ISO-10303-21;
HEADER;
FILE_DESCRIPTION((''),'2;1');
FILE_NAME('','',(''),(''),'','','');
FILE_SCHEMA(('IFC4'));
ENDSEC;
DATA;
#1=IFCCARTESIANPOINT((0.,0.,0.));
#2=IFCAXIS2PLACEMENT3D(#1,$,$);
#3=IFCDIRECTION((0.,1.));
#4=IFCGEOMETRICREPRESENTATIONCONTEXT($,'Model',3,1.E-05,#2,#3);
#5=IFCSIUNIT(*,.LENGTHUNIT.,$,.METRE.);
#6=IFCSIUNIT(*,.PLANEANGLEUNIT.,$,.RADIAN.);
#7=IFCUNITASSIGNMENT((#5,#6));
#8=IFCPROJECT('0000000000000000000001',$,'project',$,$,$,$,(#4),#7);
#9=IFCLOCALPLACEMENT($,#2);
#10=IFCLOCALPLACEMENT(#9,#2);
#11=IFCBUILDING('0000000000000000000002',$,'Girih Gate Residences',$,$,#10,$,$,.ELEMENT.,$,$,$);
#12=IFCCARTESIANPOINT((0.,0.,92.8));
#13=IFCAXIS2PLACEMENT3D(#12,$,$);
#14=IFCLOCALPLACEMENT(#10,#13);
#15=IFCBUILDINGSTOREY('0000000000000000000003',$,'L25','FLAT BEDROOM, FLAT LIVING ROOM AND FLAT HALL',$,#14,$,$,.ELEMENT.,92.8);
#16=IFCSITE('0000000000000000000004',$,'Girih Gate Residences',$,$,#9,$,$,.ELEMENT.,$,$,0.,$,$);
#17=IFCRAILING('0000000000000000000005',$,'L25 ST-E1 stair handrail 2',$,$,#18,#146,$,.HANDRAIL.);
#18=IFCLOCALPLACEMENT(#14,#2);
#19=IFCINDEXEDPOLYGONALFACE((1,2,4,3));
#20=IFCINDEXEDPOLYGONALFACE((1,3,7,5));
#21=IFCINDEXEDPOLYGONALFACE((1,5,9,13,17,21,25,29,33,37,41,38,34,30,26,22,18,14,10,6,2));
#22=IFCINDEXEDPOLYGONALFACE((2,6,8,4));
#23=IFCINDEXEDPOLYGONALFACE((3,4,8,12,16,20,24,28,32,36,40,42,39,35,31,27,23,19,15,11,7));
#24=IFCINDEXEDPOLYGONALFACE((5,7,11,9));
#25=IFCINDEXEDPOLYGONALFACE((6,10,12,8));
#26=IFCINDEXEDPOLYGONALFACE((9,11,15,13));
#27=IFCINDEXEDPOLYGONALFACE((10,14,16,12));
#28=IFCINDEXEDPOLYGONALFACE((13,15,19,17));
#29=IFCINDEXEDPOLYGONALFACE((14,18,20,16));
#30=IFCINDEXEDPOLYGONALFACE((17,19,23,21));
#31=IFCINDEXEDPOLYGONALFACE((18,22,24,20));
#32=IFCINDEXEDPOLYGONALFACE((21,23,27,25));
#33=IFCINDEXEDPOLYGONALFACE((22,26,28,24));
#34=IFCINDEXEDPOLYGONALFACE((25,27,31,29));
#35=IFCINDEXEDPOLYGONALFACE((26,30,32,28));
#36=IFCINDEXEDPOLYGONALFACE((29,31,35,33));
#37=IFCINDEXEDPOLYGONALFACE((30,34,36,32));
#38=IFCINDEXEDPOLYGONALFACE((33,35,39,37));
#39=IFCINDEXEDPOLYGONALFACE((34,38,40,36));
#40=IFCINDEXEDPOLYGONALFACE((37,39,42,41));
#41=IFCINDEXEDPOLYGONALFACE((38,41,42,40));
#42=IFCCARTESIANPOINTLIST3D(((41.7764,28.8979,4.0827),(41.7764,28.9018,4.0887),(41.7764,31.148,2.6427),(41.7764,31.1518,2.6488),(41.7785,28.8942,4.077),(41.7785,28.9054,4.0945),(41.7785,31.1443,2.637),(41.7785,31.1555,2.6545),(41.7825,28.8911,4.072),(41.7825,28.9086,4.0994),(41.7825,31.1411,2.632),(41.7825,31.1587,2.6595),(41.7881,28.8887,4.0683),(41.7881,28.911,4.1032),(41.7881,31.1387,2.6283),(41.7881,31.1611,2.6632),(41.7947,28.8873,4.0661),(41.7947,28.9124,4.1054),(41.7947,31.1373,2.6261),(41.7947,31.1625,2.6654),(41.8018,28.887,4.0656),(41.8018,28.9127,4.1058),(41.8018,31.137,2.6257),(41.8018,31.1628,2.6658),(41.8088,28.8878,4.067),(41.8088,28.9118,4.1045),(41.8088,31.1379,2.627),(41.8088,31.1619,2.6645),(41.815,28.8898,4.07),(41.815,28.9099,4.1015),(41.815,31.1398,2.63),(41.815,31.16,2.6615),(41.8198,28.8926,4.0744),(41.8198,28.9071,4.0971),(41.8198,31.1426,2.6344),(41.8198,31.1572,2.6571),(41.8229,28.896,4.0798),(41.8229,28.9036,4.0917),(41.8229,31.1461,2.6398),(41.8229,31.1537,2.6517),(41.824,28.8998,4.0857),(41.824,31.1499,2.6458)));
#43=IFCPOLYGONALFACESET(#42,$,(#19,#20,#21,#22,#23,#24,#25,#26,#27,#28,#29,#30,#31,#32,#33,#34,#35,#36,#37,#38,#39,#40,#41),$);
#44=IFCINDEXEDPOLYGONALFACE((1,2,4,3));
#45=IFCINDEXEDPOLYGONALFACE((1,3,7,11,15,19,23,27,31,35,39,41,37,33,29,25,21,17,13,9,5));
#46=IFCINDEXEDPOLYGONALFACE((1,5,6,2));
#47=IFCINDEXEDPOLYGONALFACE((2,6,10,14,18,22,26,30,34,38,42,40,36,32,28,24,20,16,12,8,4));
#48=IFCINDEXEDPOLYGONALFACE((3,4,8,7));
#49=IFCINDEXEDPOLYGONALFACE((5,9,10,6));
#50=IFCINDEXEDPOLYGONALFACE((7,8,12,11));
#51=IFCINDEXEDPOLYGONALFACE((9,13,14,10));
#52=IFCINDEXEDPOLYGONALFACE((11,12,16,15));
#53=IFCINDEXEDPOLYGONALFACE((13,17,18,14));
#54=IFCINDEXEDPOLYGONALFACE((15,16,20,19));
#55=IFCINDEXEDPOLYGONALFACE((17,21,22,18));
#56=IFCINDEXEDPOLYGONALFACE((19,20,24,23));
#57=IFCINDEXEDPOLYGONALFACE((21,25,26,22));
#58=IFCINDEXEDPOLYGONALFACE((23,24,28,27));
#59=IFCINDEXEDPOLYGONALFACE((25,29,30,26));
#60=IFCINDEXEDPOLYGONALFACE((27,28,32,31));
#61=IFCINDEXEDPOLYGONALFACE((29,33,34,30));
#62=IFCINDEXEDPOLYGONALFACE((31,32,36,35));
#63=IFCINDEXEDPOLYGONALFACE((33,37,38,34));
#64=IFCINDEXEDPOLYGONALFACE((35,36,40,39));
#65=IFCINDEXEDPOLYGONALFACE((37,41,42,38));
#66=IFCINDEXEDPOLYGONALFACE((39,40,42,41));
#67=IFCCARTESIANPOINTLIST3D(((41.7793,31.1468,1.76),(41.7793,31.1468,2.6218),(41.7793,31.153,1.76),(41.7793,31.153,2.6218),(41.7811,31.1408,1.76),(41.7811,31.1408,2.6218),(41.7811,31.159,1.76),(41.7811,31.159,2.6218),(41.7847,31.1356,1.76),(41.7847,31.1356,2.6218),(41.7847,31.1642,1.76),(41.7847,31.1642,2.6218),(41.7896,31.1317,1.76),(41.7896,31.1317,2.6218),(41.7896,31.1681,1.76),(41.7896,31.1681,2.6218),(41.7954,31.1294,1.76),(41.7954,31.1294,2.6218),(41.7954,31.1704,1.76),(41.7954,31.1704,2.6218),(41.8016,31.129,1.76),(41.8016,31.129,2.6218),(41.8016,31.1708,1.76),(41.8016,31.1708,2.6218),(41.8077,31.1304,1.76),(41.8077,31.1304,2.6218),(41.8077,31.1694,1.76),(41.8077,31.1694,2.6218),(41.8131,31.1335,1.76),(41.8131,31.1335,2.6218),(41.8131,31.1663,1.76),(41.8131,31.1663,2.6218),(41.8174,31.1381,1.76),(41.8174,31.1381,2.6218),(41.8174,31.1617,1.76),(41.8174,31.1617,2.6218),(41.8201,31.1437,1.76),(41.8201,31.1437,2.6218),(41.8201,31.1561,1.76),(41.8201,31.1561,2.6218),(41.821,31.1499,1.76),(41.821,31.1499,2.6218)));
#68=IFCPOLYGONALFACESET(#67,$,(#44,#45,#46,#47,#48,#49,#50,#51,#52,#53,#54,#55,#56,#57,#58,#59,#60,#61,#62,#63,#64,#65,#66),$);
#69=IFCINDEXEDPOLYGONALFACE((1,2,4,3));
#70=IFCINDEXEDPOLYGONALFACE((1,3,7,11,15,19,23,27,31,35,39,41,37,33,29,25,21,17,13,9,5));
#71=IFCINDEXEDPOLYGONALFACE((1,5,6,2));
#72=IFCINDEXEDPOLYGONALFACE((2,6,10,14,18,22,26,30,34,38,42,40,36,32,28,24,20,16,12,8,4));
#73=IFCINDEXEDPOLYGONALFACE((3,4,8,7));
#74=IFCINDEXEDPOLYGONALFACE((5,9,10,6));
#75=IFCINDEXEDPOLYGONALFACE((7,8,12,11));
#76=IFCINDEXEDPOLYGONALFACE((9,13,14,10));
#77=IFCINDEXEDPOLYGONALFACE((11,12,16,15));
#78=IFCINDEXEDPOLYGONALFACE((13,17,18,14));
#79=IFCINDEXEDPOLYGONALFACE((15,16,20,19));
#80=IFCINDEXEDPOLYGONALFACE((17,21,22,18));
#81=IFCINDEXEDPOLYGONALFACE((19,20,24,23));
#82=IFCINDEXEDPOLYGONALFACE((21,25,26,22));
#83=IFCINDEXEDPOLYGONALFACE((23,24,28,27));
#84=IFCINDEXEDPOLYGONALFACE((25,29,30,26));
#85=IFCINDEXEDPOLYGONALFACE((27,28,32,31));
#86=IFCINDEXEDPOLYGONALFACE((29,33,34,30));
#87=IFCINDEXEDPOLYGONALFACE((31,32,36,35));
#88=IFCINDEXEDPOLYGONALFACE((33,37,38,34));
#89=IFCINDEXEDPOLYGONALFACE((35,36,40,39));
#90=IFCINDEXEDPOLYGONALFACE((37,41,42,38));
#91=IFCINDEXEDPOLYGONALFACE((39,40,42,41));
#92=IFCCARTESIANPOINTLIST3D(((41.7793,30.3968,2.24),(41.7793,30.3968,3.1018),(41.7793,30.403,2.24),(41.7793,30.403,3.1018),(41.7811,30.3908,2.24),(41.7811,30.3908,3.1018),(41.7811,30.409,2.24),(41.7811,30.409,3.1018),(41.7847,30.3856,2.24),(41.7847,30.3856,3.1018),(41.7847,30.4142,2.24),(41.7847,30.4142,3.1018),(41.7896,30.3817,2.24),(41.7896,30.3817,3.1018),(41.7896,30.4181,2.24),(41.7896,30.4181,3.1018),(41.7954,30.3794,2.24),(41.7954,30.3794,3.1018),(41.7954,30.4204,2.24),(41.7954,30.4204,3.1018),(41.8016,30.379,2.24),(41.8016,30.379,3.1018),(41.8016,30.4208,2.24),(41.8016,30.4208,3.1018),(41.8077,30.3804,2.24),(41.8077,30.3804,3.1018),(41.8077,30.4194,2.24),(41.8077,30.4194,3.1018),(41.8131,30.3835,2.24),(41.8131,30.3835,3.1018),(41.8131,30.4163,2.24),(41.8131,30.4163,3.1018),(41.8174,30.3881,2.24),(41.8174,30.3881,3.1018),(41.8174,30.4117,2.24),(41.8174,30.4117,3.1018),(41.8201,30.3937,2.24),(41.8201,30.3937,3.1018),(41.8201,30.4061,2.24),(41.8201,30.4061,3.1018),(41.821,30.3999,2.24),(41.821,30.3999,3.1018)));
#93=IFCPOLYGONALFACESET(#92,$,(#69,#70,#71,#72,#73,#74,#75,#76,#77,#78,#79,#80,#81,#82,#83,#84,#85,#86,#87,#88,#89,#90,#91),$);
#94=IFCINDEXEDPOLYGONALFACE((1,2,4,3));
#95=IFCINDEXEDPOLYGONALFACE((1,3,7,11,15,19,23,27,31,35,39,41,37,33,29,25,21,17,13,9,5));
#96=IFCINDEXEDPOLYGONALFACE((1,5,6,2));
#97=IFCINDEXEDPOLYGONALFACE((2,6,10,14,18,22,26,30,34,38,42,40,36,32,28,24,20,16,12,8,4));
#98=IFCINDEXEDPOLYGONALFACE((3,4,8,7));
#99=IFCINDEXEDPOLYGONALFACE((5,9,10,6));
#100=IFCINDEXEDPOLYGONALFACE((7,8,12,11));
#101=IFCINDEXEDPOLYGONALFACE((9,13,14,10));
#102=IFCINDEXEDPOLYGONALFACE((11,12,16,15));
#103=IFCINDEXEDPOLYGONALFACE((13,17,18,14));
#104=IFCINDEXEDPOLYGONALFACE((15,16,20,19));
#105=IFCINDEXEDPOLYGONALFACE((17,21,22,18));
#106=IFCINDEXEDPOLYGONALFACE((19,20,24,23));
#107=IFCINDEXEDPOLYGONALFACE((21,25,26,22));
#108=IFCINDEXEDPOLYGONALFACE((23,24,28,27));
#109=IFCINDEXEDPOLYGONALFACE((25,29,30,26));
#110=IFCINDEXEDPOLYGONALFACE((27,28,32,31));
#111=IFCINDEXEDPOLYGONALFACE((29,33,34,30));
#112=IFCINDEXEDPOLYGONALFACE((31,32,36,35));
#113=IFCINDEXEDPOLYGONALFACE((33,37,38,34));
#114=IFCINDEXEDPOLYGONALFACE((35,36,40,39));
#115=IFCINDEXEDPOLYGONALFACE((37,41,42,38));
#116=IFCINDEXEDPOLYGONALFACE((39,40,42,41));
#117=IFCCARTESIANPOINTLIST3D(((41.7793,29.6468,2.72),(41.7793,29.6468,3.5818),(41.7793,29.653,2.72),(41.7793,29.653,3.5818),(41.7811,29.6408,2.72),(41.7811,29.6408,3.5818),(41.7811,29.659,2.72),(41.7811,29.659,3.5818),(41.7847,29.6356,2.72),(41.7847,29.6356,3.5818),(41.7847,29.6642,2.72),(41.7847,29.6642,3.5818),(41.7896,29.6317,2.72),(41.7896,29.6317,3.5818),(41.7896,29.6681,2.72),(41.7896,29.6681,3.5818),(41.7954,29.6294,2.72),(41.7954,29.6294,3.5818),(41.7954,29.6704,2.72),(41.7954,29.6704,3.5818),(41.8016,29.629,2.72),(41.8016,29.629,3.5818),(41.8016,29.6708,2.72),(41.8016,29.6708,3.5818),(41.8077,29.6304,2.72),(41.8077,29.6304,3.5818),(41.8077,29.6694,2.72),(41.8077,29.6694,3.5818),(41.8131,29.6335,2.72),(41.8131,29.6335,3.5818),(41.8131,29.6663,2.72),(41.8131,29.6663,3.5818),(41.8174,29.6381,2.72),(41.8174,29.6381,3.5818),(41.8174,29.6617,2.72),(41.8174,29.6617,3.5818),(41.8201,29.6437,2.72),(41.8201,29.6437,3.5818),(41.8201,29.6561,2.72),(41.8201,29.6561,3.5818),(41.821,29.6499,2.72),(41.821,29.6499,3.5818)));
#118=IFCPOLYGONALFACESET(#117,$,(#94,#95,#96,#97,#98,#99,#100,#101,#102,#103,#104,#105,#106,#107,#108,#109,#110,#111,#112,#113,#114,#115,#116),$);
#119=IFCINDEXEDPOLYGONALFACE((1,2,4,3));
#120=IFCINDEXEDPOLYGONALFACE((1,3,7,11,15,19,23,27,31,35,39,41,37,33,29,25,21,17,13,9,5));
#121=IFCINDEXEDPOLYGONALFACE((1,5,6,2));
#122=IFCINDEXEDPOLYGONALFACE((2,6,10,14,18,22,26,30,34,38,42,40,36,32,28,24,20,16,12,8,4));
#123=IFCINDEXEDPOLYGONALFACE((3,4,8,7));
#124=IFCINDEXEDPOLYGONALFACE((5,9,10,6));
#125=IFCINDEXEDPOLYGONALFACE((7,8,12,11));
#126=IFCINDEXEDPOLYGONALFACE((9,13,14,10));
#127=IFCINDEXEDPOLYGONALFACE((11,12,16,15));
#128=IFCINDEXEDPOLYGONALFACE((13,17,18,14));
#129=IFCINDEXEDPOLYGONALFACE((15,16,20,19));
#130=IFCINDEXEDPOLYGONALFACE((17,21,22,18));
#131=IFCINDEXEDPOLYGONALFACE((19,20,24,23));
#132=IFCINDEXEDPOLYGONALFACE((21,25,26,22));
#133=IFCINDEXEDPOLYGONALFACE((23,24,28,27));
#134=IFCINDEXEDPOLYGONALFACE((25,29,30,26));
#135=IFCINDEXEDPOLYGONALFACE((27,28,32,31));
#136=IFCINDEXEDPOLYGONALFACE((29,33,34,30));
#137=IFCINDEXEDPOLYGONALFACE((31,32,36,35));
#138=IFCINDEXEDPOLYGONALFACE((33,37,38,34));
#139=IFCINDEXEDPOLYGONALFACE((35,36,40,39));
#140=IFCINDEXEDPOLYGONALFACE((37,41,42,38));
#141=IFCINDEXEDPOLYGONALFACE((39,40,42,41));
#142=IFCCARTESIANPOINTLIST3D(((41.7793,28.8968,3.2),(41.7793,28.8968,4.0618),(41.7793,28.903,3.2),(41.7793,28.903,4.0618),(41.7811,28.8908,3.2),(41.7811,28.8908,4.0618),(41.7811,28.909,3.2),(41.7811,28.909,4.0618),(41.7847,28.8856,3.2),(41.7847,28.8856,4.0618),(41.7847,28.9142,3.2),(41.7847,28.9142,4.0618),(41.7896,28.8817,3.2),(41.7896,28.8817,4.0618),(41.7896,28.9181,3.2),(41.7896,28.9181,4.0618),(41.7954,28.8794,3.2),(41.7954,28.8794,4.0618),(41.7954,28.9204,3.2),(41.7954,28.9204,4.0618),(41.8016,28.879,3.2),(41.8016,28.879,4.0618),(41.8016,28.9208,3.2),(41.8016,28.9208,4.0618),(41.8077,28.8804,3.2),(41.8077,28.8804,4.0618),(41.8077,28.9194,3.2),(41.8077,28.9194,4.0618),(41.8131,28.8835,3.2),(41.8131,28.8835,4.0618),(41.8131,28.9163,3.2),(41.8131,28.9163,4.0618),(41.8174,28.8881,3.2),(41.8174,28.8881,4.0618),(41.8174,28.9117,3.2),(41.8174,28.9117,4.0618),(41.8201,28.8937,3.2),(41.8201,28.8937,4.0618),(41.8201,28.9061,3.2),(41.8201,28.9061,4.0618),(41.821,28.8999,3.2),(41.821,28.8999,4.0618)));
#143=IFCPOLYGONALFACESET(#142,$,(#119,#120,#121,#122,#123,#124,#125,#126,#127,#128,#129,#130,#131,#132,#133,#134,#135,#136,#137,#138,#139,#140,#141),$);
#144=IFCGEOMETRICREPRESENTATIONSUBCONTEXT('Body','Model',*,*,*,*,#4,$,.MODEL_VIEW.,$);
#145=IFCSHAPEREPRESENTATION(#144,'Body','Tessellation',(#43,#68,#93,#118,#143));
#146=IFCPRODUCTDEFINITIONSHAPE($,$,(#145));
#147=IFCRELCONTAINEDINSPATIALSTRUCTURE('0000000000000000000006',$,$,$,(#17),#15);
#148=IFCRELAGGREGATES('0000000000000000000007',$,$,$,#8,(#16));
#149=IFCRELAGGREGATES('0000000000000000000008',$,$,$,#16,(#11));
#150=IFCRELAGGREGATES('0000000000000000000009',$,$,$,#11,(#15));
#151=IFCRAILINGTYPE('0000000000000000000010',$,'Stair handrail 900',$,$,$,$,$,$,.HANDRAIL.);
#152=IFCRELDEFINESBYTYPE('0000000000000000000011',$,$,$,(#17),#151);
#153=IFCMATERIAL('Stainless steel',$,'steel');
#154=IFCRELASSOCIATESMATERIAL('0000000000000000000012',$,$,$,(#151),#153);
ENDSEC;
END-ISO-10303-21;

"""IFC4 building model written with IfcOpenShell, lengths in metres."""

from ifc_helpers import new_model, si_unit, direction, frame, origin, origin_2d, place, context, subcontext, project, spatial, circle, extrude, material, type_object, element, save


model = new_model("IFC4")

# Units and contexts
model_context = context("Model", 3, precision=1e-05, world=origin(), true_north=direction((0.0, 1.0)))
body_context = subcontext(model_context, "Body", "Model", "MODEL_VIEW")
ifc_project = project(units=[si_unit("LENGTHUNIT", "METRE"), si_unit("PLANEANGLEUNIT", "RADIAN")], contexts=[model_context])

# Site, building, storey
site_placement = place(None, origin())
site = spatial("IfcSite", under=ifc_project, at=site_placement, Name="Girih Gate Residences", CompositionType="ELEMENT", RefElevation=0.0)
building_placement = place(site_placement, origin())
building = spatial("IfcBuilding", under=site, at=building_placement, Name="Girih Gate Residences", CompositionType="ELEMENT")
storey_placement = place(building_placement, frame((0.0, 0.0, 92.8)))
storey = spatial("IfcBuildingStorey", under=building, at=storey_placement, Name="L25", Description="FLAT BEDROOM, FLAT LIVING ROOM AND FLAT HALL", CompositionType="ELEMENT", Elevation=92.8)

# Railing
ifc_material_1 = material(Name="Stainless steel", Category="steel")
railing_type_1 = type_object("IfcRailingType", Name="Stair handrail 900", PredefinedType="HANDRAIL", material=ifc_material_1)
railing_1_placement = place(storey_placement, frame((41.8, 31.1499, 1.76)))
element("IfcRailing", 1, at=railing_1_placement, inside=storey, type_object=railing_type_1, Name="L25 ST-E1 stair handrail 2", PredefinedType="HANDRAIL", context=body_context, shape_type="SweptSolid", body=[
    extrude(circle(Radius=0.0239, at=origin_2d()), frame((0.0, 0.0, 0.8857), z_axis=(0.0, -0.842281, 0.539038), x_axis=(1.0, 0.0, 0.0)), (0.0, 0.0, 1.0), 2.6714),
    extrude(circle(Radius=0.021, at=origin_2d()), origin(), (0.0, 0.0, 1.0), 0.8618),
    extrude(circle(Radius=0.021, at=origin_2d()), frame((0.0, -0.75, 0.48)), (0.0, 0.0, 1.0), 0.8618),
    extrude(circle(Radius=0.021, at=origin_2d()), frame((0.0, -1.5, 0.96)), (0.0, 0.0, 1.0), 0.8618),
    extrude(circle(Radius=0.021, at=origin_2d()), frame((0.0, -2.25, 1.4399)), (0.0, 0.0, 1.0), 0.8618),
])

save(model, "model.ifc")
